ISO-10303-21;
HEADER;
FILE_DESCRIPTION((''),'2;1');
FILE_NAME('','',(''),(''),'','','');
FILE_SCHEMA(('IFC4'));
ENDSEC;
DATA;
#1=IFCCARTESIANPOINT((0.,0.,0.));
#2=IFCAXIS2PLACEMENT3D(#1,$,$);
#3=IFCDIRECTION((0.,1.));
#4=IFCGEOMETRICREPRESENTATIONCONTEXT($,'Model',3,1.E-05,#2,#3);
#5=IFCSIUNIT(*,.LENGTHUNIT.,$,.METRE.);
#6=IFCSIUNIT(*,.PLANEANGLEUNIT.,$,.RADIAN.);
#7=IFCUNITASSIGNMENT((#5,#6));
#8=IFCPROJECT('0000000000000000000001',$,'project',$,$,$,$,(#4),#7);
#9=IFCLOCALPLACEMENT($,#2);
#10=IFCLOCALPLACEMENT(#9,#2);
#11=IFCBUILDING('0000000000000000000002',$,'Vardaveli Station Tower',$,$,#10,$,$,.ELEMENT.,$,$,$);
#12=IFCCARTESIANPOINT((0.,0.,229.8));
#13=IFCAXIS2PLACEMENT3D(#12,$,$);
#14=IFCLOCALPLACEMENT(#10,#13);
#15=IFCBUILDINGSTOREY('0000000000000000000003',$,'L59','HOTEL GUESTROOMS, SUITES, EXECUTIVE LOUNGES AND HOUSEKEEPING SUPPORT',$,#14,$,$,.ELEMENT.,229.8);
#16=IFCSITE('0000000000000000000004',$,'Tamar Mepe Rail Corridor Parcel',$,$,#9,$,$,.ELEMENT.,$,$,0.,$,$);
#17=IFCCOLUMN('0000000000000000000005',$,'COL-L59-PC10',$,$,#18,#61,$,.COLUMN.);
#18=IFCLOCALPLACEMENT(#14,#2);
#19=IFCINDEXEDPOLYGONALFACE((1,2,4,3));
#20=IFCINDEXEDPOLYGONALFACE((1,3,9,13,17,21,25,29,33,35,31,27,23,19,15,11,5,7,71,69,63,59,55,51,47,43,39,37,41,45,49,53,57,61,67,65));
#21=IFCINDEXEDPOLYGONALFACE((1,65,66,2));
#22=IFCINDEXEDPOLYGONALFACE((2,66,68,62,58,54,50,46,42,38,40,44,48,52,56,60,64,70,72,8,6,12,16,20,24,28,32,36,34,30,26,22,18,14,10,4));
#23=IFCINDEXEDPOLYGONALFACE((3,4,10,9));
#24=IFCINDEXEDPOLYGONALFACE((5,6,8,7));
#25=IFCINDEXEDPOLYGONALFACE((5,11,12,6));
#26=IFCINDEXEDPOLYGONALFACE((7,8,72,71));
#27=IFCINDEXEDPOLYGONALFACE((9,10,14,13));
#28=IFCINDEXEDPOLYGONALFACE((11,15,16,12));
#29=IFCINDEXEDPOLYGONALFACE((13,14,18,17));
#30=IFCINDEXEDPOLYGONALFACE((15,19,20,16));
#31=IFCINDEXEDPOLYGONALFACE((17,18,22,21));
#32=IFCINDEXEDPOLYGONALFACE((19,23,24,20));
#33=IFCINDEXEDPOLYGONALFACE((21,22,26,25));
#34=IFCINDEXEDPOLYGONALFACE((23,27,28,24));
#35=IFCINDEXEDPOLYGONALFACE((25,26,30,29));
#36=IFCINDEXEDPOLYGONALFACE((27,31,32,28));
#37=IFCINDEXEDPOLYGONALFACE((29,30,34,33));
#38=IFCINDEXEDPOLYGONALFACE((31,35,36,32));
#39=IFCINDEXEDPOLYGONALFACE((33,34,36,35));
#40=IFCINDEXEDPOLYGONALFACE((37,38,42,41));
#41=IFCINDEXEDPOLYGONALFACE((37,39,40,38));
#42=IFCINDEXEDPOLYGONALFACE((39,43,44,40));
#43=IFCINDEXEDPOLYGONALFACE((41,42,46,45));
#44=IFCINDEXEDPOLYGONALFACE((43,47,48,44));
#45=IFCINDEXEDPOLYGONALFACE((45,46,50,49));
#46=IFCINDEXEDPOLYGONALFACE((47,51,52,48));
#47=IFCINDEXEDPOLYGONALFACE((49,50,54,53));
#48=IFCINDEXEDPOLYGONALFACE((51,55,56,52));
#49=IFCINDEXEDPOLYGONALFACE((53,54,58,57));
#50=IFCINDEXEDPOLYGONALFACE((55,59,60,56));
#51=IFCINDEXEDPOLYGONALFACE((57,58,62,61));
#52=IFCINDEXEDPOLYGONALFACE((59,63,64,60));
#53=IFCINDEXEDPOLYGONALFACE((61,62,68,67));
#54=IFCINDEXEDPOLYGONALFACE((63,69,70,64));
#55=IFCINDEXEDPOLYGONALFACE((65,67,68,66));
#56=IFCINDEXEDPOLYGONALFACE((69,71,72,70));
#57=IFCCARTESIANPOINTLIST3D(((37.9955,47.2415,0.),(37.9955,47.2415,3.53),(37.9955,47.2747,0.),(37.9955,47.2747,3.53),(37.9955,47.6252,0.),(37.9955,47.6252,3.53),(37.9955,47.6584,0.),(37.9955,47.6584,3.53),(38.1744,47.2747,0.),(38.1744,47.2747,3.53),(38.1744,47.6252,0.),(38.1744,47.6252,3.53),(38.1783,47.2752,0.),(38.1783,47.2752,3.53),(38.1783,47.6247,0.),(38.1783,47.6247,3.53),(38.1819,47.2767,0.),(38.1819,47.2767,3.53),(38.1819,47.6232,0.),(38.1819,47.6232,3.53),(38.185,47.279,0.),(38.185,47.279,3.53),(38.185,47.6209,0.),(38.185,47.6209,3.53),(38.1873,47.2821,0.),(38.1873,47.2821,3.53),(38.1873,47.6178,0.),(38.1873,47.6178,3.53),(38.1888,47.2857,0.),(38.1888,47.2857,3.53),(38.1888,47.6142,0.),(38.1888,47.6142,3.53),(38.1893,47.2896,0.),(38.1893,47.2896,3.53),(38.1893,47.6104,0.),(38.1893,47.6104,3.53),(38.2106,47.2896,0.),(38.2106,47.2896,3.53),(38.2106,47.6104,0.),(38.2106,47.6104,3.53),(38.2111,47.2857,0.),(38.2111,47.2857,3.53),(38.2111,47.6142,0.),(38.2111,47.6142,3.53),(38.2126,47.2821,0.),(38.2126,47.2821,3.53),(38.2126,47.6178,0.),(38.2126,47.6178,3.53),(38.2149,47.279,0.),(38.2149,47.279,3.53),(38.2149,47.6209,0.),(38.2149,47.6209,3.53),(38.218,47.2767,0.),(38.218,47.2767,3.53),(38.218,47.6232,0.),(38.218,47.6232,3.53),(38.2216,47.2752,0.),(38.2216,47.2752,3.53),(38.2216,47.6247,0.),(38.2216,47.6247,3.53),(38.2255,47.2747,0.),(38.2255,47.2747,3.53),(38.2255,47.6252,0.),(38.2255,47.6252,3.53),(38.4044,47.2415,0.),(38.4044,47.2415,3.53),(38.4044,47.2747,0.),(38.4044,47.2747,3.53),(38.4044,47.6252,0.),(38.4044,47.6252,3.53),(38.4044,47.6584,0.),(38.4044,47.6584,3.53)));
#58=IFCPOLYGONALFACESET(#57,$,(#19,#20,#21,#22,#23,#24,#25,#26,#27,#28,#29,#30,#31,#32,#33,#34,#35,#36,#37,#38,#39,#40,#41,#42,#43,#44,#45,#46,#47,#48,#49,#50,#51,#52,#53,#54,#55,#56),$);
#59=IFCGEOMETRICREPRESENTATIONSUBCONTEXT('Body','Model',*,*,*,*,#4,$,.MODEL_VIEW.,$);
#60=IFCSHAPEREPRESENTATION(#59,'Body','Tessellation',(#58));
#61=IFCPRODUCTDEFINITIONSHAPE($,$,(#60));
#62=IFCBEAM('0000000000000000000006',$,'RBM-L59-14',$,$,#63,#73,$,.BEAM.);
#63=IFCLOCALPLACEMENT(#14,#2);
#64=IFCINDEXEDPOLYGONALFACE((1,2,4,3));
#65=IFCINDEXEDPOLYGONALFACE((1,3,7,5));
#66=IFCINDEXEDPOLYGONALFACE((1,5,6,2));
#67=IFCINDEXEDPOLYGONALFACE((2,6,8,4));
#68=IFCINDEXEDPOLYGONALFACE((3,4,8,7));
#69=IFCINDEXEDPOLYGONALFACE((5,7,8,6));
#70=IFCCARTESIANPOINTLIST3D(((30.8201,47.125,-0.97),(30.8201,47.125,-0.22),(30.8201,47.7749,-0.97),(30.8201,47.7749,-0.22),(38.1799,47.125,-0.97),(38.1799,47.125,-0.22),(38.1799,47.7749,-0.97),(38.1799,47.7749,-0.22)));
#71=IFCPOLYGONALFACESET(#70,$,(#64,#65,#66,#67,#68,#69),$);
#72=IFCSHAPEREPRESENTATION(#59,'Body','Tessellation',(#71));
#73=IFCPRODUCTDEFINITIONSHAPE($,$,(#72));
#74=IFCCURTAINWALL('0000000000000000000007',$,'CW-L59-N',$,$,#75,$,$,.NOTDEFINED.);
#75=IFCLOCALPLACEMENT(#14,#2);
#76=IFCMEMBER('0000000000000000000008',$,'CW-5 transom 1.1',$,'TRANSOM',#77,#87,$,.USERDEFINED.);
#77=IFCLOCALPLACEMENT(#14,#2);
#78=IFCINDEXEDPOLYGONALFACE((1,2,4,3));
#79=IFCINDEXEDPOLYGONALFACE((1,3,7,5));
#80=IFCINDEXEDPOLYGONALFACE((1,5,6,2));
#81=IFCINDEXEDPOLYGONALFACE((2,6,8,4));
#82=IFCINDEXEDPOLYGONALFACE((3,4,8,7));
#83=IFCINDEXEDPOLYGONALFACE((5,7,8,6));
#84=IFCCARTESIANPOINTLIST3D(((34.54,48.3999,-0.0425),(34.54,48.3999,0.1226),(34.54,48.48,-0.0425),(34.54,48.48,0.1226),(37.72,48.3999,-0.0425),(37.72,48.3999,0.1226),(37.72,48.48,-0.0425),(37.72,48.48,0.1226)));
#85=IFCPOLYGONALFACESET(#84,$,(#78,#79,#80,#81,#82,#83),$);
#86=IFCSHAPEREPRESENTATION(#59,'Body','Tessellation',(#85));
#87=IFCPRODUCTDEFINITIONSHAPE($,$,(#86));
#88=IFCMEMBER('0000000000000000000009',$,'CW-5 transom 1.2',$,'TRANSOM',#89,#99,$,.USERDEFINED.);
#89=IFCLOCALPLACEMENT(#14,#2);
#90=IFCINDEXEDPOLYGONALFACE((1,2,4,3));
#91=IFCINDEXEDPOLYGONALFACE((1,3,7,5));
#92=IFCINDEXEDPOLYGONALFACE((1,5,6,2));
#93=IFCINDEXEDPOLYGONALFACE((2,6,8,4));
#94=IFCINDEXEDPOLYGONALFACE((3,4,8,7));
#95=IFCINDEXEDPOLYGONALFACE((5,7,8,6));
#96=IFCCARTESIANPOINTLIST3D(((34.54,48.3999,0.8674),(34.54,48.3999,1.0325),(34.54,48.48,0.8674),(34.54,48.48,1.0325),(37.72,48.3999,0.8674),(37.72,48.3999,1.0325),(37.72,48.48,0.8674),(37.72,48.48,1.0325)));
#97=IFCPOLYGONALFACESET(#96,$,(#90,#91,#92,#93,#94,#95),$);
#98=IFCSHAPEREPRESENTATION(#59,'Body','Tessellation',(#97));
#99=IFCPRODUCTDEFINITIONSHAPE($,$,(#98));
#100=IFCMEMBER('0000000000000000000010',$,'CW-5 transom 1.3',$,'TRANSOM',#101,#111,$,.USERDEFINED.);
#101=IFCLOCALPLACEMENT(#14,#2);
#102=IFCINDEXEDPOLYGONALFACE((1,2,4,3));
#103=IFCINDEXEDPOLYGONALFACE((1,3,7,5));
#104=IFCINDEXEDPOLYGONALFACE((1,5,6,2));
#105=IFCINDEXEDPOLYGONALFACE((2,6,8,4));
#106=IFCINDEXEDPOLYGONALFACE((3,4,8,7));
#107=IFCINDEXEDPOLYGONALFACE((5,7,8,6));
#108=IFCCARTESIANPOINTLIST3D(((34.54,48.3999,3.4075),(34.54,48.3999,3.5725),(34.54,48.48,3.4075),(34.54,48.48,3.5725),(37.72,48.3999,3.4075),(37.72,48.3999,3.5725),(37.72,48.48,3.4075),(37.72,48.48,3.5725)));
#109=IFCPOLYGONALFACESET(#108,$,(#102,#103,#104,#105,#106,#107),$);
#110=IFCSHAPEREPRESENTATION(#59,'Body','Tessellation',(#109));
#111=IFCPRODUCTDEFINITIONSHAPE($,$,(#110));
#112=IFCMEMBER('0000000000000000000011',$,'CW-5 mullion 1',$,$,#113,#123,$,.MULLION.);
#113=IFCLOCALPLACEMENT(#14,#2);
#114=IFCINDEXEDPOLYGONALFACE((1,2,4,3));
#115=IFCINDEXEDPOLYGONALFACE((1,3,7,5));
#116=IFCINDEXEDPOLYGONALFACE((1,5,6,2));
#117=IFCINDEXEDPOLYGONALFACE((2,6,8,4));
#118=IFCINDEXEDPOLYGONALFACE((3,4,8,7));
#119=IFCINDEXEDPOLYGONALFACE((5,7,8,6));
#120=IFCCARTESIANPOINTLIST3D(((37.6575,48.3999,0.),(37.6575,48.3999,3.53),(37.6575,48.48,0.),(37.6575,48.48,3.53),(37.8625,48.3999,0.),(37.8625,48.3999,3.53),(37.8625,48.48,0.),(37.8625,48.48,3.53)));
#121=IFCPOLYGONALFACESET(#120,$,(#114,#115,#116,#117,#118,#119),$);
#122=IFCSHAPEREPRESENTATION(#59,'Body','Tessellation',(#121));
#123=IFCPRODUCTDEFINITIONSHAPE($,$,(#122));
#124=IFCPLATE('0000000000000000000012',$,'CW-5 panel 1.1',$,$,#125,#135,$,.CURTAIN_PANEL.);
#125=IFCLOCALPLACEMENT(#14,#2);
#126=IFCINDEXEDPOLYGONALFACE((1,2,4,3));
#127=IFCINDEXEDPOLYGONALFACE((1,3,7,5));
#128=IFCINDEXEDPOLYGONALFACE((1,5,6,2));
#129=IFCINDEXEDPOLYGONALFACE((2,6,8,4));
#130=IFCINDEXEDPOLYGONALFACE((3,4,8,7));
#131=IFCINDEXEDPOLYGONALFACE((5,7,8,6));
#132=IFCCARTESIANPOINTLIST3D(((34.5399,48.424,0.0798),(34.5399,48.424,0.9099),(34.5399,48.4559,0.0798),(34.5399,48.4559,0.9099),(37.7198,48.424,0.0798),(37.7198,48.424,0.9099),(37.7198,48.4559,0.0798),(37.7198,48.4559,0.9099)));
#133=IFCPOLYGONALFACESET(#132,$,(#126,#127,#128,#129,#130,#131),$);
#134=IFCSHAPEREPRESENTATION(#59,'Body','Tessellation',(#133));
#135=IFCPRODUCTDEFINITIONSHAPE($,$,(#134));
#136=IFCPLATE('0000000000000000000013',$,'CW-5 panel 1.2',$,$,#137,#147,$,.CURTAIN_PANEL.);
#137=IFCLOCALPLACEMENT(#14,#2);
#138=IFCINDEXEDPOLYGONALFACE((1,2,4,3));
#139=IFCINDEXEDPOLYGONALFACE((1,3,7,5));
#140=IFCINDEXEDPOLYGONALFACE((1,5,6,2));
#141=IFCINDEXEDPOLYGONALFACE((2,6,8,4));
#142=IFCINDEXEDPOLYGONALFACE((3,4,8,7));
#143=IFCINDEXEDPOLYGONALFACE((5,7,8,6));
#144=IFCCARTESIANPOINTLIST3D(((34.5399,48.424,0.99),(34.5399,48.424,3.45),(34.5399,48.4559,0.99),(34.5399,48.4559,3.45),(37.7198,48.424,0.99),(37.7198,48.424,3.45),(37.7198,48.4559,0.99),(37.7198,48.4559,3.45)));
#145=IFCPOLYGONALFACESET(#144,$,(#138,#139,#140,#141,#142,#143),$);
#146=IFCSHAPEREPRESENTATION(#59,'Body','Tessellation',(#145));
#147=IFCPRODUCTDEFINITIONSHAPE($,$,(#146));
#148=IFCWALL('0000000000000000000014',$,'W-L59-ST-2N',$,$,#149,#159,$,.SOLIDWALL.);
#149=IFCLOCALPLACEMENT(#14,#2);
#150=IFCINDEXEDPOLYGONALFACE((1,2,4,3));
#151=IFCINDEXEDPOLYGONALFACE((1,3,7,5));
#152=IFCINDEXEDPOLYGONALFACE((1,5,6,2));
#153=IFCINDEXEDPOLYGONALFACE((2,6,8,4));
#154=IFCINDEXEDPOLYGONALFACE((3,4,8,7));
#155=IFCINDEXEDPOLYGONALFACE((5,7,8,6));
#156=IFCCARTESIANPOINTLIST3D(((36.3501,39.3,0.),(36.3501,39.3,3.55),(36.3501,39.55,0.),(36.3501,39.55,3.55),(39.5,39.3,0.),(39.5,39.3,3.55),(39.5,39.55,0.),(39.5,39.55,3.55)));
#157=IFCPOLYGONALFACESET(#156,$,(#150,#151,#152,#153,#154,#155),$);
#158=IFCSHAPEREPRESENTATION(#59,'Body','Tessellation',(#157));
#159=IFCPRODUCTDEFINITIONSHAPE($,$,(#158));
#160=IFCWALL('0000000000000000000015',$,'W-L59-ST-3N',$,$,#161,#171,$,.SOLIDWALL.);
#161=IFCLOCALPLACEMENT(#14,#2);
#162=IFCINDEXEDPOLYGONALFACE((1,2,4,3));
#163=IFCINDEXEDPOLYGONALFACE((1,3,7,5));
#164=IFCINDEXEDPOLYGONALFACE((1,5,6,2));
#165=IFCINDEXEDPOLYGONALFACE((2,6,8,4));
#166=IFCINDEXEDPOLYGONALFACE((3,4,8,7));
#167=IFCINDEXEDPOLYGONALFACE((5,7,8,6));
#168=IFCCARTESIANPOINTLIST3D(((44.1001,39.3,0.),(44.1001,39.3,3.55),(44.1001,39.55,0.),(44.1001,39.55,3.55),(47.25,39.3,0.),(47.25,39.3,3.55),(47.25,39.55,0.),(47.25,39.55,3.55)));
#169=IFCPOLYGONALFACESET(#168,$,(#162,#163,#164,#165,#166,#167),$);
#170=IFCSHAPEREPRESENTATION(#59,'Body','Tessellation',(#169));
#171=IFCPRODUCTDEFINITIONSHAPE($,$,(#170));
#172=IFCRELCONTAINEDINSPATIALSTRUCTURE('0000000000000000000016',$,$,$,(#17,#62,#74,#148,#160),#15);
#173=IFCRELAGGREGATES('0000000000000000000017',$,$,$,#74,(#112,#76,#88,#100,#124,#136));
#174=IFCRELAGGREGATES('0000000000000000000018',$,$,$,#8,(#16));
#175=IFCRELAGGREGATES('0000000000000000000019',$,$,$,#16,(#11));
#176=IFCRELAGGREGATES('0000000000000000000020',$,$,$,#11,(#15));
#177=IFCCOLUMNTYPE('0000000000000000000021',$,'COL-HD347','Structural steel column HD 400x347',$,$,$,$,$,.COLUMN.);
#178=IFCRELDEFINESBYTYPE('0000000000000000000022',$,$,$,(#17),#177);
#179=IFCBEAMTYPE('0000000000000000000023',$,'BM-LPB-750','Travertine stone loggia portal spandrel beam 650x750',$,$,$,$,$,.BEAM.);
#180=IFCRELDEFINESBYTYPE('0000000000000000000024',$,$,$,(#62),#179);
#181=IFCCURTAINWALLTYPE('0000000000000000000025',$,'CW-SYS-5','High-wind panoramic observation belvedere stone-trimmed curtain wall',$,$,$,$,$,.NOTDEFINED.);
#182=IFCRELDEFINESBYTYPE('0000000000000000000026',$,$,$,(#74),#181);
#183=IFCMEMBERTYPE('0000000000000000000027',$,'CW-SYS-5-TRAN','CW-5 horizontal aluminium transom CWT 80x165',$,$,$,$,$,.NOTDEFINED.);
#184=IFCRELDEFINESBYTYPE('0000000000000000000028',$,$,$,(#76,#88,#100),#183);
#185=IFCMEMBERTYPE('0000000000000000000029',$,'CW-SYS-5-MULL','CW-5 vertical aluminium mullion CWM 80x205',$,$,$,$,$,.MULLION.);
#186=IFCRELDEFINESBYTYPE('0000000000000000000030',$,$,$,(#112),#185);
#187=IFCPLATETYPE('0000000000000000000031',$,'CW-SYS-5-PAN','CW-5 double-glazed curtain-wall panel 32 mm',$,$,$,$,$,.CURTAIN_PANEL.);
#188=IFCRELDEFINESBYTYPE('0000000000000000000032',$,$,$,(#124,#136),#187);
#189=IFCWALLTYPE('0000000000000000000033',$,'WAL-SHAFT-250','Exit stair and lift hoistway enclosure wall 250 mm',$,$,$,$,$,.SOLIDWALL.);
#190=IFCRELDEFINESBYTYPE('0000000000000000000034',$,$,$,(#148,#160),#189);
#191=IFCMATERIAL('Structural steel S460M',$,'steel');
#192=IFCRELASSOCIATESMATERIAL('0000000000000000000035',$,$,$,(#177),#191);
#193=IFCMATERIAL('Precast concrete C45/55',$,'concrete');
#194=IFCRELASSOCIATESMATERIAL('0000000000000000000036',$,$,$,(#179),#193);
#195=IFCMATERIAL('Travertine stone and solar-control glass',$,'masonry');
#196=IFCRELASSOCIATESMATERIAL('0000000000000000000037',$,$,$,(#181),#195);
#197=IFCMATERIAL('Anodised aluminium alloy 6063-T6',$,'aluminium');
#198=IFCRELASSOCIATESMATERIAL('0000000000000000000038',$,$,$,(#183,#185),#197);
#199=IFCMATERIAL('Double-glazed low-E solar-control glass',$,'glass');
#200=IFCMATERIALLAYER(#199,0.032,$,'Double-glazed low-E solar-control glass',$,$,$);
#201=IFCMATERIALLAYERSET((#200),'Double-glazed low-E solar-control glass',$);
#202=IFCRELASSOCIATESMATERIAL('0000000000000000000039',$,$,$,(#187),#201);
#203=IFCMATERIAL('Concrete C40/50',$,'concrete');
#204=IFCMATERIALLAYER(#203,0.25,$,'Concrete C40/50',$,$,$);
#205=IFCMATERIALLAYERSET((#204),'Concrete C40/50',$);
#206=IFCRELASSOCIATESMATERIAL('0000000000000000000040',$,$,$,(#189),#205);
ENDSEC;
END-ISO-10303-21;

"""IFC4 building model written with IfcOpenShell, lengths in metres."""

from ifc_helpers import new_model, si_unit, direction, frame, frame_2d, origin, origin_2d, place, context, subcontext, project, spatial, rectangle, i_section, extrude, source, transform, mapped, material, layer, layer_set, material_profile, profile_set, type_object, element, aggregate, save


model = new_model("IFC4")

# Units and contexts
model_context = context("Model", 3, precision=1e-05, world=origin(), true_north=direction((0.0, 1.0)))
body_context = subcontext(model_context, "Body", "Model", "MODEL_VIEW")
ifc_project = project(units=[si_unit("LENGTHUNIT", "METRE"), si_unit("PLANEANGLEUNIT", "RADIAN")], contexts=[model_context])

# Site, building, storey
site_placement = place(None, origin())
site = spatial("IfcSite", under=ifc_project, at=site_placement, Name="Tamar Mepe Rail Corridor Parcel", CompositionType="ELEMENT", RefElevation=0.0)
building_placement = place(site_placement, origin())
building = spatial("IfcBuilding", under=site, at=building_placement, Name="Vardaveli Station Tower", CompositionType="ELEMENT")
storey_placement = place(building_placement, frame((0.0, 0.0, 229.8)))
storey = spatial("IfcBuildingStorey", under=building, at=storey_placement, Name="L59", Description="HOTEL GUESTROOMS, SUITES, EXECUTIVE LOUNGES AND HOUSEKEEPING SUPPORT", CompositionType="ELEMENT", Elevation=229.8)

# Column
ifc_material_1 = material(Name="Structural steel S460M", Category="steel")
ifc_material_profile_1 = material_profile(ifc_material_1, i_section(OverallWidth=0.4089, OverallDepth=0.417, WebThickness=0.0212, FlangeThickness=0.0332, FilletRadius=0.0149, at=origin_2d()), Name="HD 400x347")
ifc_profile_set_1 = profile_set([ifc_material_profile_1], Name="Structural steel S460M")
column_type = type_object("IfcColumnType", Name="COL-HD347", Description="Structural steel column HD 400x347", PredefinedType="COLUMN", material=ifc_profile_set_1)
shared_shape_1 = source(origin(), body_context, "Body", "SweptSolid", [
    extrude(i_section(OverallWidth=0.4089, OverallDepth=0.417, WebThickness=0.0212, FlangeThickness=0.0332, FilletRadius=0.0149, at=origin_2d()), origin(), (0.0, 0.0, 1.0), 3.53),
])
column_placement = place(storey_placement, frame((38.2, 47.45, 0.0), z_axis=(0.0, 0.0, 1.0), x_axis=(1.0, 0.0, 0.0)))
element("IfcColumn", 1, at=column_placement, inside=storey, type_object=column_type, Name="COL-L59-PC10", PredefinedType="COLUMN", context=body_context, shape_type="MappedRepresentation", body=[
    mapped(shared_shape_1, transform((0.0, 0.0, 0.0), scale=1.0)),
])

# Beam
ifc_material_2 = material(Name="Precast concrete C45/55", Category="concrete")
ifc_material_profile_2 = material_profile(ifc_material_2, rectangle(XDim=0.6499, YDim=0.75, at=origin_2d()), Name="LPB 650x750")
ifc_profile_set_2 = profile_set([ifc_material_profile_2], Name="Precast concrete C45/55")
beam_type = type_object("IfcBeamType", Name="BM-LPB-750", Description="Travertine stone loggia portal spandrel beam 650x750", PredefinedType="BEAM", material=ifc_profile_set_2)
shared_shape_2 = source(origin(), body_context, "Body", "SweptSolid", [
    extrude(rectangle(XDim=0.6499, YDim=0.75, at=origin_2d()), origin(), (0.0, 0.0, 1.0), 7.3599),
])
beam_placement = place(storey_placement, frame((38.1799, 47.45, -0.595), z_axis=(-1.0, 0.0, 0.0), x_axis=(0.0, -1.0, 0.0)))
element("IfcBeam", 2, at=beam_placement, inside=storey, type_object=beam_type, Name="RBM-L59-14", PredefinedType="BEAM", context=body_context, shape_type="MappedRepresentation", body=[
    mapped(shared_shape_2, transform((0.0, 0.0, 0.0), scale=1.0)),
])

# Curtain wall, members, plates
ifc_material_3 = material(Name="Travertine stone and solar-control glass", Category="masonry")
curtain_wall_type = type_object("IfcCurtainWallType", Name="CW-SYS-5", Description="High-wind panoramic observation belvedere stone-trimmed curtain wall", PredefinedType="NOTDEFINED", material=ifc_material_3)
curtain_wall_placement = place(storey_placement, origin())
curtain_wall = element("IfcCurtainWall", 3, at=curtain_wall_placement, inside=storey, type_object=curtain_wall_type, Name="CW-L59-N", PredefinedType="NOTDEFINED")
ifc_material_4 = material(Name="Anodised aluminium alloy 6063-T6", Category="aluminium")
ifc_material_profile_3 = material_profile(ifc_material_4, rectangle(XDim=0.0801, YDim=0.165, at=origin_2d()), Name="CWT 80x165")
ifc_profile_set_3 = profile_set([ifc_material_profile_3], Name="Anodised aluminium alloy 6063-T6")
member_type_1 = type_object("IfcMemberType", Name="CW-SYS-5-TRAN", Description="CW-5 horizontal aluminium transom CWT 80x165", PredefinedType="NOTDEFINED", material=ifc_profile_set_3)
shared_shape_3 = source(origin(), body_context, "Body", "SweptSolid", [
    extrude(rectangle(XDim=0.0801, YDim=0.165, at=origin_2d()), origin(), (0.0, 0.0, 1.0), 3.1799),
])
member_1_placement = place(storey_placement, frame((37.72, 48.4399, 0.04), z_axis=(-1.0, 0.0, 0.0), x_axis=(0.0, -1.0, 0.0)))
member_1 = element("IfcMember", 4, at=member_1_placement, type_object=member_type_1, Name="CW-5 transom 1.1", ObjectType="TRANSOM", PredefinedType="USERDEFINED", context=body_context, shape_type="MappedRepresentation", body=[
    mapped(shared_shape_3, transform((0.0, 0.0, 0.0), scale=1.0)),
])
member_2_placement = place(storey_placement, frame((37.72, 48.4399, 0.95), z_axis=(-1.0, 0.0, 0.0), x_axis=(0.0, -1.0, 0.0)))
member_2 = element("IfcMember", 5, at=member_2_placement, type_object=member_type_1, Name="CW-5 transom 1.2", ObjectType="TRANSOM", PredefinedType="USERDEFINED", context=body_context, shape_type="MappedRepresentation", body=[
    mapped(shared_shape_3, transform((0.0, 0.0, 0.0), scale=1.0)),
])
member_3_placement = place(storey_placement, frame((37.72, 48.4399, 3.49), z_axis=(-1.0, 0.0, 0.0), x_axis=(0.0, -1.0, 0.0)))
member_3 = element("IfcMember", 6, at=member_3_placement, type_object=member_type_1, Name="CW-5 transom 1.3", ObjectType="TRANSOM", PredefinedType="USERDEFINED", context=body_context, shape_type="MappedRepresentation", body=[
    mapped(shared_shape_3, transform((0.0, 0.0, 0.0), scale=1.0)),
])
ifc_material_profile_4 = material_profile(ifc_material_4, rectangle(XDim=0.0801, YDim=0.2051, at=origin_2d()), Name="CWM 80x205")
ifc_profile_set_4 = profile_set([ifc_material_profile_4], Name="Anodised aluminium alloy 6063-T6")
member_type_2 = type_object("IfcMemberType", Name="CW-SYS-5-MULL", Description="CW-5 vertical aluminium mullion CWM 80x205", PredefinedType="MULLION", material=ifc_profile_set_4)
shared_shape_4 = source(origin(), body_context, "Body", "SweptSolid", [
    extrude(rectangle(XDim=0.0801, YDim=0.2051, at=origin_2d()), origin(), (0.0, 0.0, 1.0), 3.53),
])
member_4_placement = place(storey_placement, frame((37.76, 48.4399, 0.0), z_axis=(0.0, 0.0, 1.0), x_axis=(0.0, -1.0, 0.0)))
member_4 = element("IfcMember", 7, at=member_4_placement, type_object=member_type_2, Name="CW-5 mullion 1", PredefinedType="MULLION", context=body_context, shape_type="MappedRepresentation", body=[
    mapped(shared_shape_4, transform((0.0, 0.0, 0.0), scale=1.0)),
])
ifc_material_5 = material(Name="Double-glazed low-E solar-control glass", Category="glass")
ifc_layer_1 = layer(ifc_material_5, 0.032, Name="Double-glazed low-E solar-control glass")
ifc_layer_set_1 = layer_set([ifc_layer_1], Name="Double-glazed low-E solar-control glass")
plate_type = type_object("IfcPlateType", Name="CW-SYS-5-PAN", Description="CW-5 double-glazed curtain-wall panel 32 mm", PredefinedType="CURTAIN_PANEL", material=ifc_layer_set_1)
shared_shape_5 = source(origin(), body_context, "Body", "SweptSolid", [
    extrude(rectangle(XDim=3.1799, YDim=0.032, at=origin_2d()), origin(), (0.0, 0.0, 1.0), 0.8301),
])
plate_1_placement = place(storey_placement, frame((36.1299, 48.4399, 0.0798), z_axis=(0.0, 0.0, 1.0), x_axis=(-1.0, 0.0, 0.0)))
plate_1 = element("IfcPlate", 8, at=plate_1_placement, type_object=plate_type, Name="CW-5 panel 1.1", PredefinedType="CURTAIN_PANEL", context=body_context, shape_type="MappedRepresentation", body=[
    mapped(shared_shape_5, transform((0.0, 0.0, 0.0), scale=1.0)),
])
shared_shape_6 = source(origin(), body_context, "Body", "SweptSolid", [
    extrude(rectangle(XDim=3.1799, YDim=0.032, at=origin_2d()), origin(), (0.0, 0.0, 1.0), 2.46),
])
plate_2_placement = place(storey_placement, frame((36.1299, 48.4399, 0.99), z_axis=(0.0, 0.0, 1.0), x_axis=(-1.0, 0.0, 0.0)))
plate_2 = element("IfcPlate", 9, at=plate_2_placement, type_object=plate_type, Name="CW-5 panel 1.2", PredefinedType="CURTAIN_PANEL", context=body_context, shape_type="MappedRepresentation", body=[
    mapped(shared_shape_6, transform((0.0, 0.0, 0.0), scale=1.0)),
])
aggregate(curtain_wall, [member_4, member_1, member_2, member_3, plate_1, plate_2])

# Walls
ifc_material_6 = material(Name="Concrete C40/50", Category="concrete")
ifc_layer_2 = layer(ifc_material_6, 0.25, Name="Concrete C40/50")
ifc_layer_set_2 = layer_set([ifc_layer_2], Name="Concrete C40/50")
wall_type_1 = type_object("IfcWallType", Name="WAL-SHAFT-250", Description="Exit stair and lift hoistway enclosure wall 250 mm", PredefinedType="SOLIDWALL", material=ifc_layer_set_2)
shared_shape_7 = source(origin(), body_context, "Body", "SweptSolid", [
    extrude(rectangle(XDim=3.1499, YDim=0.25, at=frame_2d((1.575, 0.0))), origin(), (0.0, 0.0, 1.0), 3.55),
])
for number, where, z_axis, x_axis, name in (
    (10, (36.3501, 39.425, 0.0), (0.0, 0.0, 1.0), (1.0, 0.0, 0.0), "W-L59-ST-2N"),
    (11, (44.1001, 39.425, 0.0), (0.0, 0.0, 1.0), (1.0, 0.0, 0.0), "W-L59-ST-3N"),
):
    element("IfcWall", number, at=place(storey_placement, frame(where, z_axis=z_axis, x_axis=x_axis)), inside=storey, type_object=wall_type_1, Name=name, PredefinedType="SOLIDWALL", context=body_context, shape_type="MappedRepresentation", body=[
        mapped(shared_shape_7, transform((0.0, 0.0, 0.0), scale=1.0)),
    ])

save(model, "model.ifc")
